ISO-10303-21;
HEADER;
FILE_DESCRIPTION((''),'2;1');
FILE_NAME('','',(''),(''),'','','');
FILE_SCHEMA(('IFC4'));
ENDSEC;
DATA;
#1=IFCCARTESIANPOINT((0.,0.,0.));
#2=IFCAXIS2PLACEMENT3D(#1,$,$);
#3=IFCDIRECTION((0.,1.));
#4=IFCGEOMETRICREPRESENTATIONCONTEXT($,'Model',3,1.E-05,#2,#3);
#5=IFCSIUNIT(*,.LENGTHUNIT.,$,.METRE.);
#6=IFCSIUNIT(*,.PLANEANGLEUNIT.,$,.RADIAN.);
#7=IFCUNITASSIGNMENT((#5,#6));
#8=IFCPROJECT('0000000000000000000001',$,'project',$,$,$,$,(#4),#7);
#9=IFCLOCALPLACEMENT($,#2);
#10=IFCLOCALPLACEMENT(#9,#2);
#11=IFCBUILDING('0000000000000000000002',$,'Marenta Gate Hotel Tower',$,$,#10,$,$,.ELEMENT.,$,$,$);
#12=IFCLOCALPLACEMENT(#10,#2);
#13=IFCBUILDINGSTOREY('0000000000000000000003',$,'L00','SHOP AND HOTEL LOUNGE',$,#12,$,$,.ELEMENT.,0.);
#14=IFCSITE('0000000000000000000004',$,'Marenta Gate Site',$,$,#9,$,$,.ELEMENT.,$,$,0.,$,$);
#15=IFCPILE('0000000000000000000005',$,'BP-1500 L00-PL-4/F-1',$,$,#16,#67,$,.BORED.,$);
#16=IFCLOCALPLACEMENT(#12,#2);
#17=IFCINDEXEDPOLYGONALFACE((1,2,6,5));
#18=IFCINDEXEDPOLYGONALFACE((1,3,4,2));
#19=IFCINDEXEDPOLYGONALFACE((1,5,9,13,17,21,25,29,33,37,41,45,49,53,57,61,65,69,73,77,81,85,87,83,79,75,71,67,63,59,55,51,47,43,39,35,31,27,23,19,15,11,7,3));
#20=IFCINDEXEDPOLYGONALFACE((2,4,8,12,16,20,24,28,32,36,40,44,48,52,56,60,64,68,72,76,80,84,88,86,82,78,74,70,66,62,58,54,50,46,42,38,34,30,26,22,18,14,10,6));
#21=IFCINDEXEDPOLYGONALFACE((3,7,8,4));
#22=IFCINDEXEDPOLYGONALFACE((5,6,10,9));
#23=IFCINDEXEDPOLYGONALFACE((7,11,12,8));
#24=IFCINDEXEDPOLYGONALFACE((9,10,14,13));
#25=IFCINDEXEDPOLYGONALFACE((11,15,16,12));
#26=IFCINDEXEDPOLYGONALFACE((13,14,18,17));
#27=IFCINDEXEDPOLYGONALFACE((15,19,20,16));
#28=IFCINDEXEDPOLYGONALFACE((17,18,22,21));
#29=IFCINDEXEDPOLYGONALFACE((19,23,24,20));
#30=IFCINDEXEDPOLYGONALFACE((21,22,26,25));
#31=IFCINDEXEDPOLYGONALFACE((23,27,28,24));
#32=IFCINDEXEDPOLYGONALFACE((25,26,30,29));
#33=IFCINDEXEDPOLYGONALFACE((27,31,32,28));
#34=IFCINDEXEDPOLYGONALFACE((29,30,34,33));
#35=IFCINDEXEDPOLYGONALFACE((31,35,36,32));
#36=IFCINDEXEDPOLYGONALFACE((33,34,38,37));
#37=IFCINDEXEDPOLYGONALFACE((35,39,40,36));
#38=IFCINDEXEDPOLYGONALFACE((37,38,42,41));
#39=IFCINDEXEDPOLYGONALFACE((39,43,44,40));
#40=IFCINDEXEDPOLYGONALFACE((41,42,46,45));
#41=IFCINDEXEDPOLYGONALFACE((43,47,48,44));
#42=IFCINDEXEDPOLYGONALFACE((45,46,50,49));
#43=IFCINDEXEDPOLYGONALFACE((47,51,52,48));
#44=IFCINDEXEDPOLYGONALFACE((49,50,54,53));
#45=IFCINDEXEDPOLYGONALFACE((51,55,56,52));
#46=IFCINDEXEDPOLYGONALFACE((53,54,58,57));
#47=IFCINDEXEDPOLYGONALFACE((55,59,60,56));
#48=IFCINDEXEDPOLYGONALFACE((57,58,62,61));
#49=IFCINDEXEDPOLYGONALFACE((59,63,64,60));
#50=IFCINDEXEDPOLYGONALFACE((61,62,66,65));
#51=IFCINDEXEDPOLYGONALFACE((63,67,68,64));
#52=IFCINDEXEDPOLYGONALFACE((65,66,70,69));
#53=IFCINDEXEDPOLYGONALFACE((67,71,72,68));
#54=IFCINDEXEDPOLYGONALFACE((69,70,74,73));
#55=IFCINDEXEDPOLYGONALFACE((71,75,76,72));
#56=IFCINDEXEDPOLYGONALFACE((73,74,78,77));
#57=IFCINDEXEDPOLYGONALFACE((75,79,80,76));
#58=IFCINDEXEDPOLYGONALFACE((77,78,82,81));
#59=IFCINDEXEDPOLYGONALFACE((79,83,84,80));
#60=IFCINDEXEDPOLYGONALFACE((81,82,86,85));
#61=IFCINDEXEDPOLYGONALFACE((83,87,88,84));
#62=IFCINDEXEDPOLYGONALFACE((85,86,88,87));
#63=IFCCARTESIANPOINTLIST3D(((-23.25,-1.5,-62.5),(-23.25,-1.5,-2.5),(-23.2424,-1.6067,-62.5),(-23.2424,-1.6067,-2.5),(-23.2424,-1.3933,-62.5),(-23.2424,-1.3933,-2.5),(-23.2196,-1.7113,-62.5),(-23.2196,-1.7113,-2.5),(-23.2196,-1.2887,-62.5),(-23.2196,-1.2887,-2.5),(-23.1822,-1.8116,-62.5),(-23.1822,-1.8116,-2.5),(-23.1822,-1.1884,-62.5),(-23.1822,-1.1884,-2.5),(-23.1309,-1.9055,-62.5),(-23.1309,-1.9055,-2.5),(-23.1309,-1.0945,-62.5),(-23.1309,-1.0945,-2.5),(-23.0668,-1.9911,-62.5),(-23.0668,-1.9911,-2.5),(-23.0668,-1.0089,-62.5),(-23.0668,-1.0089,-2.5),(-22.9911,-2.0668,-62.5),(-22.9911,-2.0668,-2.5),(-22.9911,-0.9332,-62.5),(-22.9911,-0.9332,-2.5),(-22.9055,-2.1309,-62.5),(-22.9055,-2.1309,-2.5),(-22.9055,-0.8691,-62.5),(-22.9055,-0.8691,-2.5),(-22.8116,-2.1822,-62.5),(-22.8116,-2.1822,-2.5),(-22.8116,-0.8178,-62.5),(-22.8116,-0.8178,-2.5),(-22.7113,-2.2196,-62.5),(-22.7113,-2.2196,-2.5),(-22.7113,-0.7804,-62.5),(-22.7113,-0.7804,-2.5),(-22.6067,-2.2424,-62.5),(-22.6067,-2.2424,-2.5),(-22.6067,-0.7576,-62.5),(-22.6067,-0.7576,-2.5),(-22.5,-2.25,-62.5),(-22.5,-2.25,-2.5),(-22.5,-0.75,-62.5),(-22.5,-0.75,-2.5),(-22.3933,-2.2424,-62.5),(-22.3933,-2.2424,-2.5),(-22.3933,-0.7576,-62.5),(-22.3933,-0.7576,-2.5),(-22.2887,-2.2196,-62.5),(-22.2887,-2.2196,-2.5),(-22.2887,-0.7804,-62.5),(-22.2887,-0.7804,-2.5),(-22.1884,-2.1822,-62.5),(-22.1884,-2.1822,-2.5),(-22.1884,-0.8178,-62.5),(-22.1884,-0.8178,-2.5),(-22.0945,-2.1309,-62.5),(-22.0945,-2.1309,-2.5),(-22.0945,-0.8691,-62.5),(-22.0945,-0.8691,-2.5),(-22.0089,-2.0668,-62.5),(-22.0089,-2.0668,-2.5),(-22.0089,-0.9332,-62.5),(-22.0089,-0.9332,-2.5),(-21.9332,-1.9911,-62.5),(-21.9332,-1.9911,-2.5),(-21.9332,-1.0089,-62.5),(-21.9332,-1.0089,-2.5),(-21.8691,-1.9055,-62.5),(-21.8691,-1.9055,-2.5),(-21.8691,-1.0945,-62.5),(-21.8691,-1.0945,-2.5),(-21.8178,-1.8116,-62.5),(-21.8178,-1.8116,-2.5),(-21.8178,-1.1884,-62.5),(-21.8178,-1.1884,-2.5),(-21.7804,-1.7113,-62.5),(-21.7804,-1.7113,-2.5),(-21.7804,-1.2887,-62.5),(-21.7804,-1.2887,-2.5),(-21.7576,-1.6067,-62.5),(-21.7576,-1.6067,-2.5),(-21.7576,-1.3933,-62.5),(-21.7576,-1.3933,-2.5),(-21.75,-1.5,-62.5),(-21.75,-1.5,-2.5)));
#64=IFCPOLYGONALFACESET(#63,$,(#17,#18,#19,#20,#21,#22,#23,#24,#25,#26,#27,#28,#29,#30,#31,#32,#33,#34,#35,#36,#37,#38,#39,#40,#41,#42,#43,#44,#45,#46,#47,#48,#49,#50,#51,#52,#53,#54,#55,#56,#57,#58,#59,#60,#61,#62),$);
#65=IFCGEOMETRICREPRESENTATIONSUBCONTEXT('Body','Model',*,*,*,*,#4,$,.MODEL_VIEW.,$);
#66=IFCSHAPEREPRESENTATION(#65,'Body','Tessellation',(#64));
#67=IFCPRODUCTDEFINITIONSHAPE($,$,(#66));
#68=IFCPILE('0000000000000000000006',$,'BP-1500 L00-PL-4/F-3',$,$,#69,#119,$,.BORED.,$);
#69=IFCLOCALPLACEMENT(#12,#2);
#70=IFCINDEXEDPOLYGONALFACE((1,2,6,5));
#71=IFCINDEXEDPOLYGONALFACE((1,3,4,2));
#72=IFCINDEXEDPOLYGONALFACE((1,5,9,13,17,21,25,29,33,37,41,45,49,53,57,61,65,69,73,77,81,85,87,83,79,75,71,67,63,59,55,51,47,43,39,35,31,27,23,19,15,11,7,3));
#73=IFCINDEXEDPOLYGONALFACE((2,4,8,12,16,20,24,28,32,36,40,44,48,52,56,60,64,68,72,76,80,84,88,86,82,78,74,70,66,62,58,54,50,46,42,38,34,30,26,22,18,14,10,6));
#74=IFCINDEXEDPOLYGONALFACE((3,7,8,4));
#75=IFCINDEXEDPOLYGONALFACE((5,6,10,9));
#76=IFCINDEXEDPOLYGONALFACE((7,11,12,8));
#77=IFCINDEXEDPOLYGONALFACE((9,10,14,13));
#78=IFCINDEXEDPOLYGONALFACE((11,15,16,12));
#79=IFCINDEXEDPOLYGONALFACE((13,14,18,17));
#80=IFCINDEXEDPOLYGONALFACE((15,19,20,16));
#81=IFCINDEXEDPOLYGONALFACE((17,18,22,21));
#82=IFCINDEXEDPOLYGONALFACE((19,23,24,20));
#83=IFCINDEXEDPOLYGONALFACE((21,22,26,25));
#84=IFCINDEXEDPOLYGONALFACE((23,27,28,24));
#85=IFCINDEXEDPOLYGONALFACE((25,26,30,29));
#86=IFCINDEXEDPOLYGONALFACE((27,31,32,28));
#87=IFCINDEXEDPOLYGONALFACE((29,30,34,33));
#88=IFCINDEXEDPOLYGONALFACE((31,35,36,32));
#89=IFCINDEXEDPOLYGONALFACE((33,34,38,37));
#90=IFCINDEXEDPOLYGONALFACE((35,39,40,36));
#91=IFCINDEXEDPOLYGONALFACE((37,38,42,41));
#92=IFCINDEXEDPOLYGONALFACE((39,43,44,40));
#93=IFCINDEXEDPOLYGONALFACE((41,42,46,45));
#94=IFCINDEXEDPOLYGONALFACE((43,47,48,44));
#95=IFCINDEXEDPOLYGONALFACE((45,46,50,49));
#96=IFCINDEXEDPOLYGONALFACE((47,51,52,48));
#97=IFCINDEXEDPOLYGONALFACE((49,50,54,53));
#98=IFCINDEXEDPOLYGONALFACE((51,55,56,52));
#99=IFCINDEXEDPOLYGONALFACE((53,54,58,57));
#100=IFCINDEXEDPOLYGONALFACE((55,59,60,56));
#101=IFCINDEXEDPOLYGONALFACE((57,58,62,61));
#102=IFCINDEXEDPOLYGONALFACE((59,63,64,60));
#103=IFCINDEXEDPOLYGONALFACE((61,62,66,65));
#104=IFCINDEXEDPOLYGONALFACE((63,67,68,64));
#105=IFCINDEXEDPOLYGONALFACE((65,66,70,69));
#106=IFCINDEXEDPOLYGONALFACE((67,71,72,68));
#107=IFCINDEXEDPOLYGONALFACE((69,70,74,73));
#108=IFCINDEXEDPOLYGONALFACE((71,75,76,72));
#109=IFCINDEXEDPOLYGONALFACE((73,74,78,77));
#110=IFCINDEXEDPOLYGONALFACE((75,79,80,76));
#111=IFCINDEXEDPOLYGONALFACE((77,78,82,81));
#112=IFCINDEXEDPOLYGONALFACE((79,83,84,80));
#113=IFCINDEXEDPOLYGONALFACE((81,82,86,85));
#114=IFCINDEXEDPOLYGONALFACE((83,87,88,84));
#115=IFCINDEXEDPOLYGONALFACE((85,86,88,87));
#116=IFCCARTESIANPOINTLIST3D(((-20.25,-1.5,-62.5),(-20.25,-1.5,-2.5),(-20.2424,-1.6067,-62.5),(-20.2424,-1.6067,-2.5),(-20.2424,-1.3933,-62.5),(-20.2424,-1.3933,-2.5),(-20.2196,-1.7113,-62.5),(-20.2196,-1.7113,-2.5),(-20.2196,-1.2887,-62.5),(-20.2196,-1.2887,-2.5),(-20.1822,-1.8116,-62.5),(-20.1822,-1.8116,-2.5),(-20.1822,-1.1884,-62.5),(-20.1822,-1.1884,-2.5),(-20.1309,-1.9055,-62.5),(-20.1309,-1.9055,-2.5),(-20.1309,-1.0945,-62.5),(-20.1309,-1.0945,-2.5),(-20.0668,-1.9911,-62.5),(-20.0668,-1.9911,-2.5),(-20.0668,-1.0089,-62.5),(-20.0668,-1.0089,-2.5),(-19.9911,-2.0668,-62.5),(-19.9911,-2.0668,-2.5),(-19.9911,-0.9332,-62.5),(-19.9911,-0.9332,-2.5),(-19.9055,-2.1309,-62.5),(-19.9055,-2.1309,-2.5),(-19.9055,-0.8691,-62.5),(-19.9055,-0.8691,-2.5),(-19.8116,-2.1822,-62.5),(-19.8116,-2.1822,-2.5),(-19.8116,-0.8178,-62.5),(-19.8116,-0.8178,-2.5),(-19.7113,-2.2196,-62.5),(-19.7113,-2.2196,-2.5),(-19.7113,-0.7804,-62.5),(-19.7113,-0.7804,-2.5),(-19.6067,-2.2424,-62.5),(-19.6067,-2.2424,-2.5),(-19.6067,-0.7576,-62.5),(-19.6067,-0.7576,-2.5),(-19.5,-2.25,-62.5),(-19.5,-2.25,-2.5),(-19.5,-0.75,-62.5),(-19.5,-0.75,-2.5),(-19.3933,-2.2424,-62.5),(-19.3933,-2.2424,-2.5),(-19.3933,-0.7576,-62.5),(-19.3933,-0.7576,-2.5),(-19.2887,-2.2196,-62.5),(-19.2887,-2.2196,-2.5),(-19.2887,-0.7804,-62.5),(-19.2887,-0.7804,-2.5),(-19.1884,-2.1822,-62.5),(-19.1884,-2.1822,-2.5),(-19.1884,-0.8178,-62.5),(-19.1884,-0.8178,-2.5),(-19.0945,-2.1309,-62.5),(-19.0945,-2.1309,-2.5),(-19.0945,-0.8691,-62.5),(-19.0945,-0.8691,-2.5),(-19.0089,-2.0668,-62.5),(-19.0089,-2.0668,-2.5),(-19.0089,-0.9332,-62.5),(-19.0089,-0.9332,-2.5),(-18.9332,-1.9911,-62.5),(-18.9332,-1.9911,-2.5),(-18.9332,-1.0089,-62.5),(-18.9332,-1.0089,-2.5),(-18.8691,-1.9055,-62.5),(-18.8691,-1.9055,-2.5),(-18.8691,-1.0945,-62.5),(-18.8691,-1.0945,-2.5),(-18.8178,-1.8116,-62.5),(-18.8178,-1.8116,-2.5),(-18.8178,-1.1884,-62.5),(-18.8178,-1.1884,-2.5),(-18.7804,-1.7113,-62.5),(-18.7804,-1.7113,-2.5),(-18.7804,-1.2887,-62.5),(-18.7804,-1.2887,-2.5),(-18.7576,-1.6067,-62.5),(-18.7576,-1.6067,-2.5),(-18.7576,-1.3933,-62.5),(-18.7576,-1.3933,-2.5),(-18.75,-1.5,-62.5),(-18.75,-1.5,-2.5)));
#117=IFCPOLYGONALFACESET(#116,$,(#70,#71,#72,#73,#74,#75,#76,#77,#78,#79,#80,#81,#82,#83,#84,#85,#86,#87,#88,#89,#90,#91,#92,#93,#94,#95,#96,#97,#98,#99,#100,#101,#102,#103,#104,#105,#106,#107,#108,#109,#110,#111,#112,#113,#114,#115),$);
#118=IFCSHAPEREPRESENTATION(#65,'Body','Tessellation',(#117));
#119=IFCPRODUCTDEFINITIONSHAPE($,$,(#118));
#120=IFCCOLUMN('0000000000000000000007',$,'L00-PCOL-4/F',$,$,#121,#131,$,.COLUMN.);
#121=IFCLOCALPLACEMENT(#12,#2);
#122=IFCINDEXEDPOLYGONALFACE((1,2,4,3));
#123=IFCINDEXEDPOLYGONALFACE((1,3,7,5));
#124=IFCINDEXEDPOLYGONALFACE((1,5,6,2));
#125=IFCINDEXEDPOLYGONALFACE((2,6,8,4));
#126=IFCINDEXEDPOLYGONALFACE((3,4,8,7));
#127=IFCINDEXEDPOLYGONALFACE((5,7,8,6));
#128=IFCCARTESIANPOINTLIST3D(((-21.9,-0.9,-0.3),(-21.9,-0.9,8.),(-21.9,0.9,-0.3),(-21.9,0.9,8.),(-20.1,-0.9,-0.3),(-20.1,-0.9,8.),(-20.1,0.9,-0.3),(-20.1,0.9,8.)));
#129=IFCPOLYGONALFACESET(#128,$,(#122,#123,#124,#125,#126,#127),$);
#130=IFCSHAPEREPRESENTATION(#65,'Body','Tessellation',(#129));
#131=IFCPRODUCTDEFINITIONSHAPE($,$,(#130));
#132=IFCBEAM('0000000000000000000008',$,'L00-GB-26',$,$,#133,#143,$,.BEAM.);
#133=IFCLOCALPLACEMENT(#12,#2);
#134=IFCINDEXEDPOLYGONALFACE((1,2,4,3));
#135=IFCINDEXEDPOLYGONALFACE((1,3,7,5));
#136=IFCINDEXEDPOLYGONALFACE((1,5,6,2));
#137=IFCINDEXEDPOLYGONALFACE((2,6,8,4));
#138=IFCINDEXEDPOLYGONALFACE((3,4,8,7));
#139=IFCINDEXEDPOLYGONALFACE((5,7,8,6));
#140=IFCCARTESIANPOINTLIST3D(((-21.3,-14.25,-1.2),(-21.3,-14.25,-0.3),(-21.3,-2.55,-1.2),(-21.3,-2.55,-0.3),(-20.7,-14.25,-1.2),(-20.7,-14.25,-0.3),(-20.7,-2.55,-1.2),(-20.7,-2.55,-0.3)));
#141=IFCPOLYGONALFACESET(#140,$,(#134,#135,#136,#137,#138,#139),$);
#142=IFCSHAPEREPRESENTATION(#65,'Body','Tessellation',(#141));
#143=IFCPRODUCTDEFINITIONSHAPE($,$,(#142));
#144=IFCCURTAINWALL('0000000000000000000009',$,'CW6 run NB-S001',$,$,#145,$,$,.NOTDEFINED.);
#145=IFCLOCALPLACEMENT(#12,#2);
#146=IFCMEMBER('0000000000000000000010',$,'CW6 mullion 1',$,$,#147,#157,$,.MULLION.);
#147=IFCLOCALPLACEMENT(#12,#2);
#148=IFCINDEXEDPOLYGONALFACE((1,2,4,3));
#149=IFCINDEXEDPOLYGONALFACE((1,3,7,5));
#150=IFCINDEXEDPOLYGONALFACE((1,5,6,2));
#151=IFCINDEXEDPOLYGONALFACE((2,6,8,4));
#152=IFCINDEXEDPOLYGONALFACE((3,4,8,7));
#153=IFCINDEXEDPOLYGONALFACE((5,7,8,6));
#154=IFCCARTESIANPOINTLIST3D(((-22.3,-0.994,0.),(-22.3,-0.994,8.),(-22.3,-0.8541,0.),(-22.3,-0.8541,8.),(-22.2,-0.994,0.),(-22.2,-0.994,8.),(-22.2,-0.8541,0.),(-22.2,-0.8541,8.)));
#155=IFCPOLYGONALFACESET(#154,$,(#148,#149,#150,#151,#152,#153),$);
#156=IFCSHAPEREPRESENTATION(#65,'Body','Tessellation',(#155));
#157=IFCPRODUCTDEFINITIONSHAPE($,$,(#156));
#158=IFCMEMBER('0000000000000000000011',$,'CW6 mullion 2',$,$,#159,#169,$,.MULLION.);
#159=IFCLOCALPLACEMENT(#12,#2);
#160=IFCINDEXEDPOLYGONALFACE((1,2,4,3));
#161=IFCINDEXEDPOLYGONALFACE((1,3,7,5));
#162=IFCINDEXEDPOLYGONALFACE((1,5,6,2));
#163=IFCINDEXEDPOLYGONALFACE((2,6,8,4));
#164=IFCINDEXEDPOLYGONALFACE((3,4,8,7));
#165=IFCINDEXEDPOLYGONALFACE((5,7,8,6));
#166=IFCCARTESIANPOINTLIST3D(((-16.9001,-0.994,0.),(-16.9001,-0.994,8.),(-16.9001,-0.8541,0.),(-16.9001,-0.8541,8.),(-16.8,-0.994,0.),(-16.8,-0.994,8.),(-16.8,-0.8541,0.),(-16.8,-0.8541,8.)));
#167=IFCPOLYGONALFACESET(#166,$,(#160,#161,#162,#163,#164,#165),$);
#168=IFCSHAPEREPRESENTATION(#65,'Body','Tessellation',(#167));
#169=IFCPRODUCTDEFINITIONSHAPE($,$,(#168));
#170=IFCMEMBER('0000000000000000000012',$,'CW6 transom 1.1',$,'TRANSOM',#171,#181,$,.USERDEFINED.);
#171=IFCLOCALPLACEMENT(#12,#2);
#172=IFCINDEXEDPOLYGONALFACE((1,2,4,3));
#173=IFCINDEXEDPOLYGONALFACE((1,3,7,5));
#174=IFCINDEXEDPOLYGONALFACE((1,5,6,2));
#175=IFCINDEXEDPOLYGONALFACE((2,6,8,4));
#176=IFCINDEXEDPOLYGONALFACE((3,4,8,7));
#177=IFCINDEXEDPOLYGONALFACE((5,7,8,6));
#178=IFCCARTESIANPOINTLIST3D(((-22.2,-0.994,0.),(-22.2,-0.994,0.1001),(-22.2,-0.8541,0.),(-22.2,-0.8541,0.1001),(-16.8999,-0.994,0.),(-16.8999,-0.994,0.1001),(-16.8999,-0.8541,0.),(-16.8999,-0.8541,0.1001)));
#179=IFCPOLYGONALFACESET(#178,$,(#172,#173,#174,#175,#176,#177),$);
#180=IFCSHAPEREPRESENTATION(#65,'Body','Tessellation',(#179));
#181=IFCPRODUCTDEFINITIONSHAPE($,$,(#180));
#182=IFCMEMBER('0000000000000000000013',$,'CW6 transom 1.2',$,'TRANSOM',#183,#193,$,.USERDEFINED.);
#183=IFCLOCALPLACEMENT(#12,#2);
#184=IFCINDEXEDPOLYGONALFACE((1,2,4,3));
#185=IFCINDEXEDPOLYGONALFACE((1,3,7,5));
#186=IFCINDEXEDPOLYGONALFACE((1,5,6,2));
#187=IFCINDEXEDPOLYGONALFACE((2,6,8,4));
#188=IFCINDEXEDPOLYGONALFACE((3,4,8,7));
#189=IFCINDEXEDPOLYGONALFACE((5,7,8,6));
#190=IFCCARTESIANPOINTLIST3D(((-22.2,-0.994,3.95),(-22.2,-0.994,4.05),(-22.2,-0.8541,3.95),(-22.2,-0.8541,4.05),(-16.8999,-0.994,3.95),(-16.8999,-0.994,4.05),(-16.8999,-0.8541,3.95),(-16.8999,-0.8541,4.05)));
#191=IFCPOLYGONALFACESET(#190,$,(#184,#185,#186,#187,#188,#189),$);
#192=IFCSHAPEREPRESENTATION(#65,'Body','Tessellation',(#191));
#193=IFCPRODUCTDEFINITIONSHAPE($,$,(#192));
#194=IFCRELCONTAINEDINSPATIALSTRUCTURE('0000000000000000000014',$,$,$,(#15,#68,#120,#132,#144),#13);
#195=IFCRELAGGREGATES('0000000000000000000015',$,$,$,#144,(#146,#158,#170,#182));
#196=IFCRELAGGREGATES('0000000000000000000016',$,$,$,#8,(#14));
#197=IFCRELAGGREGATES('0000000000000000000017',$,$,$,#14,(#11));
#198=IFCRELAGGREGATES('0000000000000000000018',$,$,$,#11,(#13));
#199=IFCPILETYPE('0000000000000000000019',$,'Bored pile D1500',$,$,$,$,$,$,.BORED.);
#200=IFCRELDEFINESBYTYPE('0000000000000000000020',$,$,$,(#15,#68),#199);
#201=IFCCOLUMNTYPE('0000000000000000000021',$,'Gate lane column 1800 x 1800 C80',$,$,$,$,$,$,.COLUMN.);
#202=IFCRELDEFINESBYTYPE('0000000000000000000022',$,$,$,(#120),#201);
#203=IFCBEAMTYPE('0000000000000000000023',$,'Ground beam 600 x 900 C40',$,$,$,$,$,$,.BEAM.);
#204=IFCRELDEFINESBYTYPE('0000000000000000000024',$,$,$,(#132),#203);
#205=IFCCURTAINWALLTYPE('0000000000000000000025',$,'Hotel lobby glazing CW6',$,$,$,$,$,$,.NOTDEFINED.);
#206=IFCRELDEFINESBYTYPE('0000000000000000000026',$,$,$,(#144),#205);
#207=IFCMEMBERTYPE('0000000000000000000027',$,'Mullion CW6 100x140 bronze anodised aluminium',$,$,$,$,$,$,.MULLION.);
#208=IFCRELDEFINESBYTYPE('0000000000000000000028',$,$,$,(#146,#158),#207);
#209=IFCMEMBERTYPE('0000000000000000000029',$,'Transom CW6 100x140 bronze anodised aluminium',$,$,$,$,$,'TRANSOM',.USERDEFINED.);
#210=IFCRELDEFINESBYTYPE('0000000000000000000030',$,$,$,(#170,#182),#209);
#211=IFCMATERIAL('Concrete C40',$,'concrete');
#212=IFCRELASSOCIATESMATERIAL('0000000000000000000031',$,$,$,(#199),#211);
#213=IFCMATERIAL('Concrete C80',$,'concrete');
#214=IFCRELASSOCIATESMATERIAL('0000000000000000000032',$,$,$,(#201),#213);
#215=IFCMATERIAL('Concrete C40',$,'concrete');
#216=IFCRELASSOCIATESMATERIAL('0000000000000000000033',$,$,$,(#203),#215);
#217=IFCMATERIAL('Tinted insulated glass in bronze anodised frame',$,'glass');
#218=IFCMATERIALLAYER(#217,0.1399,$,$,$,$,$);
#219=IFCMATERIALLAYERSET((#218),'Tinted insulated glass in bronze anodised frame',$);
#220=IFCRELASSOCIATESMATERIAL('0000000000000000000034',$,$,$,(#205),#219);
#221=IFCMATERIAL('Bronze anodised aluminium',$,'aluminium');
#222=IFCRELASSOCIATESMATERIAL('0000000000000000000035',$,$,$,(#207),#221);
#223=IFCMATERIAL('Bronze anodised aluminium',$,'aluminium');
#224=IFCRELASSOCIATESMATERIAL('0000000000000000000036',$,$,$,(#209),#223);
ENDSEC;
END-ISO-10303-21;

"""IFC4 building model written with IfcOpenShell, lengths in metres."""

from ifc_helpers import new_model, si_unit, direction, frame, origin, origin_2d, place, context, subcontext, project, spatial, rectangle, circle, extrude, material, layer, layer_set, material_profile, profile_set, type_object, element, aggregate, save


model = new_model("IFC4")

# Units and contexts
model_context = context("Model", 3, precision=1e-05, world=origin(), true_north=direction((0.0, 1.0)))
body_context = subcontext(model_context, "Body", "Model", "MODEL_VIEW")
ifc_project = project(units=[si_unit("LENGTHUNIT", "METRE"), si_unit("PLANEANGLEUNIT", "RADIAN")], contexts=[model_context])

# Site, building, storey
site_placement = place(None, origin())
site = spatial("IfcSite", under=ifc_project, at=site_placement, Name="Marenta Gate Site", CompositionType="ELEMENT", RefElevation=0.0)
building_placement = place(site_placement, origin())
building = spatial("IfcBuilding", under=site, at=building_placement, Name="Marenta Gate Hotel Tower", CompositionType="ELEMENT")
storey_placement = place(building_placement, origin())
storey = spatial("IfcBuildingStorey", under=building, at=storey_placement, Name="L00", Description="SHOP AND HOTEL LOUNGE", CompositionType="ELEMENT", Elevation=0.0)

# Piles
ifc_material_1 = material(Name="Concrete C40", Category="concrete")
pile_type = type_object("IfcPileType", Name="Bored pile D1500", PredefinedType="BORED", material=ifc_material_1)
for number, where, z_axis, x_axis, name in (
    (1, (-22.5, -1.5, -2.5), (0.0, 0.0, -1.0), (1.0, 0.0, 0.0), "BP-1500 L00-PL-4/F-1"),
    (2, (-19.5, -1.5, -2.5), (0.0, 0.0, -1.0), (1.0, 0.0, 0.0), "BP-1500 L00-PL-4/F-3"),
):
    element("IfcPile", number, at=place(storey_placement, frame(where, z_axis=z_axis, x_axis=x_axis)), inside=storey, type_object=pile_type, Name=name, PredefinedType="BORED", context=body_context, shape_type="SweptSolid", body=[
        extrude(circle(Radius=0.75, at=origin_2d()), origin(), (0.0, 0.0, 1.0), 60.0),
    ])

# Column
ifc_material_2 = material(Name="Concrete C80", Category="concrete")
ifc_material_profile_1 = material_profile(ifc_material_2, rectangle(XDim=1.8, YDim=1.8, at=origin_2d()), Name="1800 x 1800")
ifc_profile_set_1 = profile_set([ifc_material_profile_1], Name="Concrete C80")
column_type = type_object("IfcColumnType", Name="Gate lane column 1800 x 1800 C80", PredefinedType="COLUMN", material=ifc_profile_set_1)
column_placement = place(storey_placement, frame((-21.0, 0.0, -0.3), z_axis=(0.0, 0.0, 1.0), x_axis=(1.0, 0.0, 0.0)))
element("IfcColumn", 3, at=column_placement, inside=storey, type_object=column_type, Name="L00-PCOL-4/F", PredefinedType="COLUMN", context=body_context, shape_type="SweptSolid", body=[
    extrude(rectangle(XDim=1.8, YDim=1.8, at=origin_2d()), origin(), (0.0, 0.0, 1.0), 8.3),
])

# Beam
ifc_material_3 = material(Name="Concrete C40", Category="concrete")
ifc_material_profile_2 = material_profile(ifc_material_3, rectangle(XDim=0.6001, YDim=0.8999, at=origin_2d()), Name="600 x 900")
ifc_profile_set_2 = profile_set([ifc_material_profile_2], Name="Concrete C40")
beam_type = type_object("IfcBeamType", Name="Ground beam 600 x 900 C40", PredefinedType="BEAM", material=ifc_profile_set_2)
beam_placement = place(storey_placement, frame((-21.0, -14.25, -0.75), z_axis=(0.0, 1.0, 0.0), x_axis=(-1.0, 0.0, 0.0)))
element("IfcBeam", 4, at=beam_placement, inside=storey, type_object=beam_type, Name="L00-GB-26", PredefinedType="BEAM", context=body_context, shape_type="SweptSolid", body=[
    extrude(rectangle(XDim=0.6001, YDim=0.8999, at=origin_2d()), origin(), (0.0, 0.0, 1.0), 11.7),
])

# Curtain wall, members
ifc_material_4 = material(Name="Tinted insulated glass in bronze anodised frame", Category="glass")
ifc_layer_1 = layer(ifc_material_4, 0.1399)
ifc_layer_set_1 = layer_set([ifc_layer_1], Name="Tinted insulated glass in bronze anodised frame")
curtain_wall_type = type_object("IfcCurtainWallType", Name="Hotel lobby glazing CW6", PredefinedType="NOTDEFINED", material=ifc_layer_set_1)
curtain_wall_placement = place(storey_placement, origin())
curtain_wall = element("IfcCurtainWall", 5, at=curtain_wall_placement, inside=storey, type_object=curtain_wall_type, Name="CW6 run NB-S001", PredefinedType="NOTDEFINED")
ifc_material_5 = material(Name="Bronze anodised aluminium", Category="aluminium")
ifc_material_profile_3 = material_profile(ifc_material_5, rectangle(XDim=0.1399, YDim=0.1001, at=origin_2d()), Name="Mullion CW6 100x140 bronze anodised aluminium")
ifc_profile_set_3 = profile_set([ifc_material_profile_3], Name="Bronze anodised aluminium")
member_type_1 = type_object("IfcMemberType", Name="Mullion CW6 100x140 bronze anodised aluminium", PredefinedType="MULLION", material=ifc_profile_set_3)
member_1_placement = place(storey_placement, frame((-22.25, -0.9241, 0.0), z_axis=(0.0, 0.0, 1.0), x_axis=(0.0, 1.0, 0.0)))
member_1 = element("IfcMember", 6, at=member_1_placement, type_object=member_type_1, Name="CW6 mullion 1", PredefinedType="MULLION", context=body_context, shape_type="SweptSolid", body=[
    extrude(rectangle(XDim=0.1399, YDim=0.1001, at=origin_2d()), origin(), (0.0, 0.0, 1.0), 8.0),
])
member_2_placement = place(storey_placement, frame((-16.8501, -0.9241, 0.0), z_axis=(0.0, 0.0, 1.0), x_axis=(0.0, 1.0, 0.0)))
member_2 = element("IfcMember", 7, at=member_2_placement, type_object=member_type_1, Name="CW6 mullion 2", PredefinedType="MULLION", context=body_context, shape_type="SweptSolid", body=[
    extrude(rectangle(XDim=0.1399, YDim=0.1001, at=origin_2d()), origin(), (0.0, 0.0, 1.0), 8.0),
])
ifc_material_6 = material(Name="Bronze anodised aluminium", Category="aluminium")
ifc_material_profile_4 = material_profile(ifc_material_6, rectangle(XDim=0.1399, YDim=0.1001, at=origin_2d()), Name="Transom CW6 100x140 bronze anodised aluminium")
ifc_profile_set_4 = profile_set([ifc_material_profile_4], Name="Bronze anodised aluminium")
member_type_2 = type_object("IfcMemberType", Name="Transom CW6 100x140 bronze anodised aluminium", ElementType="TRANSOM", PredefinedType="USERDEFINED", material=ifc_profile_set_4)
member_3_placement = place(storey_placement, frame((-22.2, -0.9241, 0.05), z_axis=(1.0, 0.0, 0.0), x_axis=(0.0, 1.0, 0.0)))
member_3 = element("IfcMember", 8, at=member_3_placement, type_object=member_type_2, Name="CW6 transom 1.1", ObjectType="TRANSOM", PredefinedType="USERDEFINED", context=body_context, shape_type="SweptSolid", body=[
    extrude(rectangle(XDim=0.1399, YDim=0.1001, at=origin_2d()), origin(), (0.0, 0.0, 1.0), 5.3),
])
member_4_placement = place(storey_placement, frame((-22.2, -0.9241, 4.0), z_axis=(1.0, 0.0, 0.0), x_axis=(0.0, 1.0, 0.0)))
member_4 = element("IfcMember", 9, at=member_4_placement, type_object=member_type_2, Name="CW6 transom 1.2", ObjectType="TRANSOM", PredefinedType="USERDEFINED", context=body_context, shape_type="SweptSolid", body=[
    extrude(rectangle(XDim=0.1399, YDim=0.1001, at=origin_2d()), origin(), (0.0, 0.0, 1.0), 5.3),
])
aggregate(curtain_wall, [member_1, member_2, member_3, member_4])

save(model, "model.ifc")
